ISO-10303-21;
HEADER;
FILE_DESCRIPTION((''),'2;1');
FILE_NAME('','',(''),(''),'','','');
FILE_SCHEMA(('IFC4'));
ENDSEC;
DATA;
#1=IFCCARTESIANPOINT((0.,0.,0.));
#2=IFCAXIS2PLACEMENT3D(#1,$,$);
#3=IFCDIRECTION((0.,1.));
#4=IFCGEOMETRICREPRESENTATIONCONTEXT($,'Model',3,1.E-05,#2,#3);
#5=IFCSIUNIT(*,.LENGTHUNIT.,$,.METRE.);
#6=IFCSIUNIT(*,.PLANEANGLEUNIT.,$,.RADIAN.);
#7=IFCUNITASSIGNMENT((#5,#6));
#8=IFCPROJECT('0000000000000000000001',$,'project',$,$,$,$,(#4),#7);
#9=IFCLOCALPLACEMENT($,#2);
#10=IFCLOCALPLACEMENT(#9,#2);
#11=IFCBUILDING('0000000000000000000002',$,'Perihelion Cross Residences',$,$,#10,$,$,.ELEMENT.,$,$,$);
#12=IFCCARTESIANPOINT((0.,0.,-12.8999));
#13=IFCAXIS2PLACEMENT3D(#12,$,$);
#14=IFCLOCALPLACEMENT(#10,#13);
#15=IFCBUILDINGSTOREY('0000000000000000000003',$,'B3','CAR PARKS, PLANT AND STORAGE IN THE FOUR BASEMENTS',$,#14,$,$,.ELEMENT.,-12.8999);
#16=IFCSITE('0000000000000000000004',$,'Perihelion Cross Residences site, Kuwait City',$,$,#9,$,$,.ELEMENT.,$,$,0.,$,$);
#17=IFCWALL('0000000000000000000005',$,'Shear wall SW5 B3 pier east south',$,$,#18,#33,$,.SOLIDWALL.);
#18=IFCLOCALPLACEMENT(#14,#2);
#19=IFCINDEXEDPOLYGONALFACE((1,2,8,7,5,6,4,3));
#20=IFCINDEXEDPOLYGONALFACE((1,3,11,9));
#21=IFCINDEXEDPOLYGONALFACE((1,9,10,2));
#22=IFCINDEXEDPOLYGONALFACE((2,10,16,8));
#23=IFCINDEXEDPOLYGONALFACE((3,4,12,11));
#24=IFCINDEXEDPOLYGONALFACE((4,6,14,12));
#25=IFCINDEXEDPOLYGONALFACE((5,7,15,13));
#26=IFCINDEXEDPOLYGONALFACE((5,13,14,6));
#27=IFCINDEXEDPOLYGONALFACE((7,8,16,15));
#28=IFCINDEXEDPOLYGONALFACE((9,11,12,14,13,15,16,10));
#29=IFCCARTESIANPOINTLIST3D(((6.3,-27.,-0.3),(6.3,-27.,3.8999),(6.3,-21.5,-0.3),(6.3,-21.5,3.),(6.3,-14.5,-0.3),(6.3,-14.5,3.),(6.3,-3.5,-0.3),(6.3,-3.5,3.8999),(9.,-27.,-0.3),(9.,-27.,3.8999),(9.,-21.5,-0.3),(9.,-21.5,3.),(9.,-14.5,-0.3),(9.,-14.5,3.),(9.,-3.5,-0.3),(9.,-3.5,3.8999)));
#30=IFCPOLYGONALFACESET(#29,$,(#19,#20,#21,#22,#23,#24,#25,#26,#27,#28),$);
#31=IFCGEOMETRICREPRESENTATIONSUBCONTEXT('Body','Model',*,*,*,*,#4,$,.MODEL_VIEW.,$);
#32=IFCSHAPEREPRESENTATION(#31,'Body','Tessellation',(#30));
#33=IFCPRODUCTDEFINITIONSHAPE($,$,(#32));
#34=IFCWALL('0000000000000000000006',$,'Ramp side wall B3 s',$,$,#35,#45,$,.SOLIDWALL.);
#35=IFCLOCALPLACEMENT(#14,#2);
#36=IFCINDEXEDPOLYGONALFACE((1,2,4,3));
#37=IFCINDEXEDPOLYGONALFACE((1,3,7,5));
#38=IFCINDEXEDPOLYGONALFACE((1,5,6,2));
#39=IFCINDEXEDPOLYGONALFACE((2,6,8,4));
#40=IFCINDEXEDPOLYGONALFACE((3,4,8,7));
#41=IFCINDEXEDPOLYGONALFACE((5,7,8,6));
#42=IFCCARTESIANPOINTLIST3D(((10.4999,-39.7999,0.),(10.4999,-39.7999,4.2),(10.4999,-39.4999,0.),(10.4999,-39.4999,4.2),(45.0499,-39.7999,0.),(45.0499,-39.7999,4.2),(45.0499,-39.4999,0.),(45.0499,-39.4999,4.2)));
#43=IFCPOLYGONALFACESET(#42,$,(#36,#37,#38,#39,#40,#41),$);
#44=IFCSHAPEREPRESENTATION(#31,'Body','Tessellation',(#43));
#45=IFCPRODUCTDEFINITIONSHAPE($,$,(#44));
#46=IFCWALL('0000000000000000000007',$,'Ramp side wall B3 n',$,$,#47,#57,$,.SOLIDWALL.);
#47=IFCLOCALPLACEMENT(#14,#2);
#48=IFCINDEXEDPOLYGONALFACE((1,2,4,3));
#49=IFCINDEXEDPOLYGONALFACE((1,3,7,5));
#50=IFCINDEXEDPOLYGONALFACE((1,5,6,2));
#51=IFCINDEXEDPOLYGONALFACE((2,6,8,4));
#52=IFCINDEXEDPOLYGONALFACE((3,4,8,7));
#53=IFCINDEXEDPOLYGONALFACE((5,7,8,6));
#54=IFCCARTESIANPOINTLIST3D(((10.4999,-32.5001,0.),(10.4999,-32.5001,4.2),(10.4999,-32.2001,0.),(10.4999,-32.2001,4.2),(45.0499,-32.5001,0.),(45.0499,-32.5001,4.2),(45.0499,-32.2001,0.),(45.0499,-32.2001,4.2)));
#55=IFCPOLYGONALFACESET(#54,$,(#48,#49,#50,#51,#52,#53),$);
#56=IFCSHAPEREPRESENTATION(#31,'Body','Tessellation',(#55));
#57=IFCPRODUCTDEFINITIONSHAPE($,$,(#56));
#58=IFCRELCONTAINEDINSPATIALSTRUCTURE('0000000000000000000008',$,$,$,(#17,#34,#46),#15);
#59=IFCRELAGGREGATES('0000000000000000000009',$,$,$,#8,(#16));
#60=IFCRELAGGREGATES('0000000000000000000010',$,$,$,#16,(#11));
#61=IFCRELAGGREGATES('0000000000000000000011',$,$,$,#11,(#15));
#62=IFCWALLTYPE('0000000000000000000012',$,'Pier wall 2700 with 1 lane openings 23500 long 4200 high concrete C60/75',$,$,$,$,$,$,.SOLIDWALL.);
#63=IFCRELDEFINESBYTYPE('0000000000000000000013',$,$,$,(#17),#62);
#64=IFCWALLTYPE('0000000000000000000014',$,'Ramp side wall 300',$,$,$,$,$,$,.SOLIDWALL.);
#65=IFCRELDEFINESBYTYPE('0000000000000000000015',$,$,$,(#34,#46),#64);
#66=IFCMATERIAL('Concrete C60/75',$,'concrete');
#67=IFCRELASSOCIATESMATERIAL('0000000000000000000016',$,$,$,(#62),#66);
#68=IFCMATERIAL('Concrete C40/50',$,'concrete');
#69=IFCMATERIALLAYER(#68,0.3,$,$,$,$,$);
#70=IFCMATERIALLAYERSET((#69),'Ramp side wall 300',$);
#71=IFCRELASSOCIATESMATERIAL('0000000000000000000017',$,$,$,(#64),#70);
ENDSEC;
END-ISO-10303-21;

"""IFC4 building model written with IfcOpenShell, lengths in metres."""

from ifc_helpers import new_model, si_unit, direction, frame, frame_2d, origin, place, context, subcontext, project, spatial, polyline, rectangle, outline, extrude, material, layer, layer_set, material_profile, profile_set, type_object, element, save


model = new_model("IFC4")

# Units and contexts
model_context = context("Model", 3, precision=1e-05, world=origin(), true_north=direction((0.0, 1.0)))
body_context = subcontext(model_context, "Body", "Model", "MODEL_VIEW")
ifc_project = project(units=[si_unit("LENGTHUNIT", "METRE"), si_unit("PLANEANGLEUNIT", "RADIAN")], contexts=[model_context])

# Site, building, storey
site_placement = place(None, origin())
site = spatial("IfcSite", under=ifc_project, at=site_placement, Name="Perihelion Cross Residences site, Kuwait City", CompositionType="ELEMENT", RefElevation=0.0)
building_placement = place(site_placement, origin())
building = spatial("IfcBuilding", under=site, at=building_placement, Name="Perihelion Cross Residences", CompositionType="ELEMENT")
storey_placement = place(building_placement, frame((0.0, 0.0, -12.8999)))
storey = spatial("IfcBuildingStorey", under=building, at=storey_placement, Name="B3", Description="CAR PARKS, PLANT AND STORAGE IN THE FOUR BASEMENTS", CompositionType="ELEMENT", Elevation=-12.8999)

# Walls
ifc_material_1 = material(Name="Concrete C60/75", Category="concrete")
ifc_material_profile_1 = material_profile(ifc_material_1, outline(polyline([(0.0, 0.0), (5.5, 0.0), (5.5, 3.3), (12.5, 3.3), (12.5, 0.0), (23.5, 0.0), (23.5, 4.2), (0.0, 4.2), (0.0, 0.0)])), Name="Pier wall")
ifc_profile_set_1 = profile_set([ifc_material_profile_1], Name="Concrete C60/75")
wall_type_1 = type_object("IfcWallType", Name="Pier wall 2700 with 1 lane openings 23500 long 4200 high concrete C60/75", PredefinedType="SOLIDWALL", material=ifc_profile_set_1)
wall_1_placement = place(storey_placement, frame((6.3, -27.0, -0.3), z_axis=(1.0, 0.0, 0.0), x_axis=(0.0, 1.0, 0.0)))
element("IfcWall", 1, at=wall_1_placement, inside=storey, type_object=wall_type_1, Name="Shear wall SW5 B3 pier east south", PredefinedType="SOLIDWALL", context=body_context, shape_type="SweptSolid", body=[
    extrude(outline(polyline([(0.0, 0.0), (5.5, 0.0), (5.5, 3.3), (12.5, 3.3), (12.5, 0.0), (23.5, 0.0), (23.5, 4.2), (0.0, 4.2), (0.0, 0.0)])), origin(), (0.0, 0.0, 1.0), 2.7),
])
ifc_material_2 = material(Name="Concrete C40/50", Category="concrete")
ifc_layer_1 = layer(ifc_material_2, 0.3)
ifc_layer_set_1 = layer_set([ifc_layer_1], Name="Ramp side wall 300")
wall_type_2 = type_object("IfcWallType", Name="Ramp side wall 300", PredefinedType="SOLIDWALL", material=ifc_layer_set_1)
for number, where, z_axis, x_axis, name in (
    (2, (10.5, -39.6499, 0.0), (0.0, 0.0, 1.0), (1.0, 0.0, 0.0), "Ramp side wall B3 s"),
    (3, (10.5, -32.3501, 0.0), (0.0, 0.0, 1.0), (1.0, 0.0, 0.0), "Ramp side wall B3 n"),
):
    element("IfcWall", number, at=place(storey_placement, frame(where, z_axis=z_axis, x_axis=x_axis)), inside=storey, type_object=wall_type_2, Name=name, PredefinedType="SOLIDWALL", context=body_context, shape_type="SweptSolid", body=[
        extrude(rectangle(XDim=34.55, YDim=0.3, at=frame_2d((17.2749, 0.0))), origin(), (0.0, 0.0, 1.0), 4.2),
    ])

save(model, "model.ifc")
